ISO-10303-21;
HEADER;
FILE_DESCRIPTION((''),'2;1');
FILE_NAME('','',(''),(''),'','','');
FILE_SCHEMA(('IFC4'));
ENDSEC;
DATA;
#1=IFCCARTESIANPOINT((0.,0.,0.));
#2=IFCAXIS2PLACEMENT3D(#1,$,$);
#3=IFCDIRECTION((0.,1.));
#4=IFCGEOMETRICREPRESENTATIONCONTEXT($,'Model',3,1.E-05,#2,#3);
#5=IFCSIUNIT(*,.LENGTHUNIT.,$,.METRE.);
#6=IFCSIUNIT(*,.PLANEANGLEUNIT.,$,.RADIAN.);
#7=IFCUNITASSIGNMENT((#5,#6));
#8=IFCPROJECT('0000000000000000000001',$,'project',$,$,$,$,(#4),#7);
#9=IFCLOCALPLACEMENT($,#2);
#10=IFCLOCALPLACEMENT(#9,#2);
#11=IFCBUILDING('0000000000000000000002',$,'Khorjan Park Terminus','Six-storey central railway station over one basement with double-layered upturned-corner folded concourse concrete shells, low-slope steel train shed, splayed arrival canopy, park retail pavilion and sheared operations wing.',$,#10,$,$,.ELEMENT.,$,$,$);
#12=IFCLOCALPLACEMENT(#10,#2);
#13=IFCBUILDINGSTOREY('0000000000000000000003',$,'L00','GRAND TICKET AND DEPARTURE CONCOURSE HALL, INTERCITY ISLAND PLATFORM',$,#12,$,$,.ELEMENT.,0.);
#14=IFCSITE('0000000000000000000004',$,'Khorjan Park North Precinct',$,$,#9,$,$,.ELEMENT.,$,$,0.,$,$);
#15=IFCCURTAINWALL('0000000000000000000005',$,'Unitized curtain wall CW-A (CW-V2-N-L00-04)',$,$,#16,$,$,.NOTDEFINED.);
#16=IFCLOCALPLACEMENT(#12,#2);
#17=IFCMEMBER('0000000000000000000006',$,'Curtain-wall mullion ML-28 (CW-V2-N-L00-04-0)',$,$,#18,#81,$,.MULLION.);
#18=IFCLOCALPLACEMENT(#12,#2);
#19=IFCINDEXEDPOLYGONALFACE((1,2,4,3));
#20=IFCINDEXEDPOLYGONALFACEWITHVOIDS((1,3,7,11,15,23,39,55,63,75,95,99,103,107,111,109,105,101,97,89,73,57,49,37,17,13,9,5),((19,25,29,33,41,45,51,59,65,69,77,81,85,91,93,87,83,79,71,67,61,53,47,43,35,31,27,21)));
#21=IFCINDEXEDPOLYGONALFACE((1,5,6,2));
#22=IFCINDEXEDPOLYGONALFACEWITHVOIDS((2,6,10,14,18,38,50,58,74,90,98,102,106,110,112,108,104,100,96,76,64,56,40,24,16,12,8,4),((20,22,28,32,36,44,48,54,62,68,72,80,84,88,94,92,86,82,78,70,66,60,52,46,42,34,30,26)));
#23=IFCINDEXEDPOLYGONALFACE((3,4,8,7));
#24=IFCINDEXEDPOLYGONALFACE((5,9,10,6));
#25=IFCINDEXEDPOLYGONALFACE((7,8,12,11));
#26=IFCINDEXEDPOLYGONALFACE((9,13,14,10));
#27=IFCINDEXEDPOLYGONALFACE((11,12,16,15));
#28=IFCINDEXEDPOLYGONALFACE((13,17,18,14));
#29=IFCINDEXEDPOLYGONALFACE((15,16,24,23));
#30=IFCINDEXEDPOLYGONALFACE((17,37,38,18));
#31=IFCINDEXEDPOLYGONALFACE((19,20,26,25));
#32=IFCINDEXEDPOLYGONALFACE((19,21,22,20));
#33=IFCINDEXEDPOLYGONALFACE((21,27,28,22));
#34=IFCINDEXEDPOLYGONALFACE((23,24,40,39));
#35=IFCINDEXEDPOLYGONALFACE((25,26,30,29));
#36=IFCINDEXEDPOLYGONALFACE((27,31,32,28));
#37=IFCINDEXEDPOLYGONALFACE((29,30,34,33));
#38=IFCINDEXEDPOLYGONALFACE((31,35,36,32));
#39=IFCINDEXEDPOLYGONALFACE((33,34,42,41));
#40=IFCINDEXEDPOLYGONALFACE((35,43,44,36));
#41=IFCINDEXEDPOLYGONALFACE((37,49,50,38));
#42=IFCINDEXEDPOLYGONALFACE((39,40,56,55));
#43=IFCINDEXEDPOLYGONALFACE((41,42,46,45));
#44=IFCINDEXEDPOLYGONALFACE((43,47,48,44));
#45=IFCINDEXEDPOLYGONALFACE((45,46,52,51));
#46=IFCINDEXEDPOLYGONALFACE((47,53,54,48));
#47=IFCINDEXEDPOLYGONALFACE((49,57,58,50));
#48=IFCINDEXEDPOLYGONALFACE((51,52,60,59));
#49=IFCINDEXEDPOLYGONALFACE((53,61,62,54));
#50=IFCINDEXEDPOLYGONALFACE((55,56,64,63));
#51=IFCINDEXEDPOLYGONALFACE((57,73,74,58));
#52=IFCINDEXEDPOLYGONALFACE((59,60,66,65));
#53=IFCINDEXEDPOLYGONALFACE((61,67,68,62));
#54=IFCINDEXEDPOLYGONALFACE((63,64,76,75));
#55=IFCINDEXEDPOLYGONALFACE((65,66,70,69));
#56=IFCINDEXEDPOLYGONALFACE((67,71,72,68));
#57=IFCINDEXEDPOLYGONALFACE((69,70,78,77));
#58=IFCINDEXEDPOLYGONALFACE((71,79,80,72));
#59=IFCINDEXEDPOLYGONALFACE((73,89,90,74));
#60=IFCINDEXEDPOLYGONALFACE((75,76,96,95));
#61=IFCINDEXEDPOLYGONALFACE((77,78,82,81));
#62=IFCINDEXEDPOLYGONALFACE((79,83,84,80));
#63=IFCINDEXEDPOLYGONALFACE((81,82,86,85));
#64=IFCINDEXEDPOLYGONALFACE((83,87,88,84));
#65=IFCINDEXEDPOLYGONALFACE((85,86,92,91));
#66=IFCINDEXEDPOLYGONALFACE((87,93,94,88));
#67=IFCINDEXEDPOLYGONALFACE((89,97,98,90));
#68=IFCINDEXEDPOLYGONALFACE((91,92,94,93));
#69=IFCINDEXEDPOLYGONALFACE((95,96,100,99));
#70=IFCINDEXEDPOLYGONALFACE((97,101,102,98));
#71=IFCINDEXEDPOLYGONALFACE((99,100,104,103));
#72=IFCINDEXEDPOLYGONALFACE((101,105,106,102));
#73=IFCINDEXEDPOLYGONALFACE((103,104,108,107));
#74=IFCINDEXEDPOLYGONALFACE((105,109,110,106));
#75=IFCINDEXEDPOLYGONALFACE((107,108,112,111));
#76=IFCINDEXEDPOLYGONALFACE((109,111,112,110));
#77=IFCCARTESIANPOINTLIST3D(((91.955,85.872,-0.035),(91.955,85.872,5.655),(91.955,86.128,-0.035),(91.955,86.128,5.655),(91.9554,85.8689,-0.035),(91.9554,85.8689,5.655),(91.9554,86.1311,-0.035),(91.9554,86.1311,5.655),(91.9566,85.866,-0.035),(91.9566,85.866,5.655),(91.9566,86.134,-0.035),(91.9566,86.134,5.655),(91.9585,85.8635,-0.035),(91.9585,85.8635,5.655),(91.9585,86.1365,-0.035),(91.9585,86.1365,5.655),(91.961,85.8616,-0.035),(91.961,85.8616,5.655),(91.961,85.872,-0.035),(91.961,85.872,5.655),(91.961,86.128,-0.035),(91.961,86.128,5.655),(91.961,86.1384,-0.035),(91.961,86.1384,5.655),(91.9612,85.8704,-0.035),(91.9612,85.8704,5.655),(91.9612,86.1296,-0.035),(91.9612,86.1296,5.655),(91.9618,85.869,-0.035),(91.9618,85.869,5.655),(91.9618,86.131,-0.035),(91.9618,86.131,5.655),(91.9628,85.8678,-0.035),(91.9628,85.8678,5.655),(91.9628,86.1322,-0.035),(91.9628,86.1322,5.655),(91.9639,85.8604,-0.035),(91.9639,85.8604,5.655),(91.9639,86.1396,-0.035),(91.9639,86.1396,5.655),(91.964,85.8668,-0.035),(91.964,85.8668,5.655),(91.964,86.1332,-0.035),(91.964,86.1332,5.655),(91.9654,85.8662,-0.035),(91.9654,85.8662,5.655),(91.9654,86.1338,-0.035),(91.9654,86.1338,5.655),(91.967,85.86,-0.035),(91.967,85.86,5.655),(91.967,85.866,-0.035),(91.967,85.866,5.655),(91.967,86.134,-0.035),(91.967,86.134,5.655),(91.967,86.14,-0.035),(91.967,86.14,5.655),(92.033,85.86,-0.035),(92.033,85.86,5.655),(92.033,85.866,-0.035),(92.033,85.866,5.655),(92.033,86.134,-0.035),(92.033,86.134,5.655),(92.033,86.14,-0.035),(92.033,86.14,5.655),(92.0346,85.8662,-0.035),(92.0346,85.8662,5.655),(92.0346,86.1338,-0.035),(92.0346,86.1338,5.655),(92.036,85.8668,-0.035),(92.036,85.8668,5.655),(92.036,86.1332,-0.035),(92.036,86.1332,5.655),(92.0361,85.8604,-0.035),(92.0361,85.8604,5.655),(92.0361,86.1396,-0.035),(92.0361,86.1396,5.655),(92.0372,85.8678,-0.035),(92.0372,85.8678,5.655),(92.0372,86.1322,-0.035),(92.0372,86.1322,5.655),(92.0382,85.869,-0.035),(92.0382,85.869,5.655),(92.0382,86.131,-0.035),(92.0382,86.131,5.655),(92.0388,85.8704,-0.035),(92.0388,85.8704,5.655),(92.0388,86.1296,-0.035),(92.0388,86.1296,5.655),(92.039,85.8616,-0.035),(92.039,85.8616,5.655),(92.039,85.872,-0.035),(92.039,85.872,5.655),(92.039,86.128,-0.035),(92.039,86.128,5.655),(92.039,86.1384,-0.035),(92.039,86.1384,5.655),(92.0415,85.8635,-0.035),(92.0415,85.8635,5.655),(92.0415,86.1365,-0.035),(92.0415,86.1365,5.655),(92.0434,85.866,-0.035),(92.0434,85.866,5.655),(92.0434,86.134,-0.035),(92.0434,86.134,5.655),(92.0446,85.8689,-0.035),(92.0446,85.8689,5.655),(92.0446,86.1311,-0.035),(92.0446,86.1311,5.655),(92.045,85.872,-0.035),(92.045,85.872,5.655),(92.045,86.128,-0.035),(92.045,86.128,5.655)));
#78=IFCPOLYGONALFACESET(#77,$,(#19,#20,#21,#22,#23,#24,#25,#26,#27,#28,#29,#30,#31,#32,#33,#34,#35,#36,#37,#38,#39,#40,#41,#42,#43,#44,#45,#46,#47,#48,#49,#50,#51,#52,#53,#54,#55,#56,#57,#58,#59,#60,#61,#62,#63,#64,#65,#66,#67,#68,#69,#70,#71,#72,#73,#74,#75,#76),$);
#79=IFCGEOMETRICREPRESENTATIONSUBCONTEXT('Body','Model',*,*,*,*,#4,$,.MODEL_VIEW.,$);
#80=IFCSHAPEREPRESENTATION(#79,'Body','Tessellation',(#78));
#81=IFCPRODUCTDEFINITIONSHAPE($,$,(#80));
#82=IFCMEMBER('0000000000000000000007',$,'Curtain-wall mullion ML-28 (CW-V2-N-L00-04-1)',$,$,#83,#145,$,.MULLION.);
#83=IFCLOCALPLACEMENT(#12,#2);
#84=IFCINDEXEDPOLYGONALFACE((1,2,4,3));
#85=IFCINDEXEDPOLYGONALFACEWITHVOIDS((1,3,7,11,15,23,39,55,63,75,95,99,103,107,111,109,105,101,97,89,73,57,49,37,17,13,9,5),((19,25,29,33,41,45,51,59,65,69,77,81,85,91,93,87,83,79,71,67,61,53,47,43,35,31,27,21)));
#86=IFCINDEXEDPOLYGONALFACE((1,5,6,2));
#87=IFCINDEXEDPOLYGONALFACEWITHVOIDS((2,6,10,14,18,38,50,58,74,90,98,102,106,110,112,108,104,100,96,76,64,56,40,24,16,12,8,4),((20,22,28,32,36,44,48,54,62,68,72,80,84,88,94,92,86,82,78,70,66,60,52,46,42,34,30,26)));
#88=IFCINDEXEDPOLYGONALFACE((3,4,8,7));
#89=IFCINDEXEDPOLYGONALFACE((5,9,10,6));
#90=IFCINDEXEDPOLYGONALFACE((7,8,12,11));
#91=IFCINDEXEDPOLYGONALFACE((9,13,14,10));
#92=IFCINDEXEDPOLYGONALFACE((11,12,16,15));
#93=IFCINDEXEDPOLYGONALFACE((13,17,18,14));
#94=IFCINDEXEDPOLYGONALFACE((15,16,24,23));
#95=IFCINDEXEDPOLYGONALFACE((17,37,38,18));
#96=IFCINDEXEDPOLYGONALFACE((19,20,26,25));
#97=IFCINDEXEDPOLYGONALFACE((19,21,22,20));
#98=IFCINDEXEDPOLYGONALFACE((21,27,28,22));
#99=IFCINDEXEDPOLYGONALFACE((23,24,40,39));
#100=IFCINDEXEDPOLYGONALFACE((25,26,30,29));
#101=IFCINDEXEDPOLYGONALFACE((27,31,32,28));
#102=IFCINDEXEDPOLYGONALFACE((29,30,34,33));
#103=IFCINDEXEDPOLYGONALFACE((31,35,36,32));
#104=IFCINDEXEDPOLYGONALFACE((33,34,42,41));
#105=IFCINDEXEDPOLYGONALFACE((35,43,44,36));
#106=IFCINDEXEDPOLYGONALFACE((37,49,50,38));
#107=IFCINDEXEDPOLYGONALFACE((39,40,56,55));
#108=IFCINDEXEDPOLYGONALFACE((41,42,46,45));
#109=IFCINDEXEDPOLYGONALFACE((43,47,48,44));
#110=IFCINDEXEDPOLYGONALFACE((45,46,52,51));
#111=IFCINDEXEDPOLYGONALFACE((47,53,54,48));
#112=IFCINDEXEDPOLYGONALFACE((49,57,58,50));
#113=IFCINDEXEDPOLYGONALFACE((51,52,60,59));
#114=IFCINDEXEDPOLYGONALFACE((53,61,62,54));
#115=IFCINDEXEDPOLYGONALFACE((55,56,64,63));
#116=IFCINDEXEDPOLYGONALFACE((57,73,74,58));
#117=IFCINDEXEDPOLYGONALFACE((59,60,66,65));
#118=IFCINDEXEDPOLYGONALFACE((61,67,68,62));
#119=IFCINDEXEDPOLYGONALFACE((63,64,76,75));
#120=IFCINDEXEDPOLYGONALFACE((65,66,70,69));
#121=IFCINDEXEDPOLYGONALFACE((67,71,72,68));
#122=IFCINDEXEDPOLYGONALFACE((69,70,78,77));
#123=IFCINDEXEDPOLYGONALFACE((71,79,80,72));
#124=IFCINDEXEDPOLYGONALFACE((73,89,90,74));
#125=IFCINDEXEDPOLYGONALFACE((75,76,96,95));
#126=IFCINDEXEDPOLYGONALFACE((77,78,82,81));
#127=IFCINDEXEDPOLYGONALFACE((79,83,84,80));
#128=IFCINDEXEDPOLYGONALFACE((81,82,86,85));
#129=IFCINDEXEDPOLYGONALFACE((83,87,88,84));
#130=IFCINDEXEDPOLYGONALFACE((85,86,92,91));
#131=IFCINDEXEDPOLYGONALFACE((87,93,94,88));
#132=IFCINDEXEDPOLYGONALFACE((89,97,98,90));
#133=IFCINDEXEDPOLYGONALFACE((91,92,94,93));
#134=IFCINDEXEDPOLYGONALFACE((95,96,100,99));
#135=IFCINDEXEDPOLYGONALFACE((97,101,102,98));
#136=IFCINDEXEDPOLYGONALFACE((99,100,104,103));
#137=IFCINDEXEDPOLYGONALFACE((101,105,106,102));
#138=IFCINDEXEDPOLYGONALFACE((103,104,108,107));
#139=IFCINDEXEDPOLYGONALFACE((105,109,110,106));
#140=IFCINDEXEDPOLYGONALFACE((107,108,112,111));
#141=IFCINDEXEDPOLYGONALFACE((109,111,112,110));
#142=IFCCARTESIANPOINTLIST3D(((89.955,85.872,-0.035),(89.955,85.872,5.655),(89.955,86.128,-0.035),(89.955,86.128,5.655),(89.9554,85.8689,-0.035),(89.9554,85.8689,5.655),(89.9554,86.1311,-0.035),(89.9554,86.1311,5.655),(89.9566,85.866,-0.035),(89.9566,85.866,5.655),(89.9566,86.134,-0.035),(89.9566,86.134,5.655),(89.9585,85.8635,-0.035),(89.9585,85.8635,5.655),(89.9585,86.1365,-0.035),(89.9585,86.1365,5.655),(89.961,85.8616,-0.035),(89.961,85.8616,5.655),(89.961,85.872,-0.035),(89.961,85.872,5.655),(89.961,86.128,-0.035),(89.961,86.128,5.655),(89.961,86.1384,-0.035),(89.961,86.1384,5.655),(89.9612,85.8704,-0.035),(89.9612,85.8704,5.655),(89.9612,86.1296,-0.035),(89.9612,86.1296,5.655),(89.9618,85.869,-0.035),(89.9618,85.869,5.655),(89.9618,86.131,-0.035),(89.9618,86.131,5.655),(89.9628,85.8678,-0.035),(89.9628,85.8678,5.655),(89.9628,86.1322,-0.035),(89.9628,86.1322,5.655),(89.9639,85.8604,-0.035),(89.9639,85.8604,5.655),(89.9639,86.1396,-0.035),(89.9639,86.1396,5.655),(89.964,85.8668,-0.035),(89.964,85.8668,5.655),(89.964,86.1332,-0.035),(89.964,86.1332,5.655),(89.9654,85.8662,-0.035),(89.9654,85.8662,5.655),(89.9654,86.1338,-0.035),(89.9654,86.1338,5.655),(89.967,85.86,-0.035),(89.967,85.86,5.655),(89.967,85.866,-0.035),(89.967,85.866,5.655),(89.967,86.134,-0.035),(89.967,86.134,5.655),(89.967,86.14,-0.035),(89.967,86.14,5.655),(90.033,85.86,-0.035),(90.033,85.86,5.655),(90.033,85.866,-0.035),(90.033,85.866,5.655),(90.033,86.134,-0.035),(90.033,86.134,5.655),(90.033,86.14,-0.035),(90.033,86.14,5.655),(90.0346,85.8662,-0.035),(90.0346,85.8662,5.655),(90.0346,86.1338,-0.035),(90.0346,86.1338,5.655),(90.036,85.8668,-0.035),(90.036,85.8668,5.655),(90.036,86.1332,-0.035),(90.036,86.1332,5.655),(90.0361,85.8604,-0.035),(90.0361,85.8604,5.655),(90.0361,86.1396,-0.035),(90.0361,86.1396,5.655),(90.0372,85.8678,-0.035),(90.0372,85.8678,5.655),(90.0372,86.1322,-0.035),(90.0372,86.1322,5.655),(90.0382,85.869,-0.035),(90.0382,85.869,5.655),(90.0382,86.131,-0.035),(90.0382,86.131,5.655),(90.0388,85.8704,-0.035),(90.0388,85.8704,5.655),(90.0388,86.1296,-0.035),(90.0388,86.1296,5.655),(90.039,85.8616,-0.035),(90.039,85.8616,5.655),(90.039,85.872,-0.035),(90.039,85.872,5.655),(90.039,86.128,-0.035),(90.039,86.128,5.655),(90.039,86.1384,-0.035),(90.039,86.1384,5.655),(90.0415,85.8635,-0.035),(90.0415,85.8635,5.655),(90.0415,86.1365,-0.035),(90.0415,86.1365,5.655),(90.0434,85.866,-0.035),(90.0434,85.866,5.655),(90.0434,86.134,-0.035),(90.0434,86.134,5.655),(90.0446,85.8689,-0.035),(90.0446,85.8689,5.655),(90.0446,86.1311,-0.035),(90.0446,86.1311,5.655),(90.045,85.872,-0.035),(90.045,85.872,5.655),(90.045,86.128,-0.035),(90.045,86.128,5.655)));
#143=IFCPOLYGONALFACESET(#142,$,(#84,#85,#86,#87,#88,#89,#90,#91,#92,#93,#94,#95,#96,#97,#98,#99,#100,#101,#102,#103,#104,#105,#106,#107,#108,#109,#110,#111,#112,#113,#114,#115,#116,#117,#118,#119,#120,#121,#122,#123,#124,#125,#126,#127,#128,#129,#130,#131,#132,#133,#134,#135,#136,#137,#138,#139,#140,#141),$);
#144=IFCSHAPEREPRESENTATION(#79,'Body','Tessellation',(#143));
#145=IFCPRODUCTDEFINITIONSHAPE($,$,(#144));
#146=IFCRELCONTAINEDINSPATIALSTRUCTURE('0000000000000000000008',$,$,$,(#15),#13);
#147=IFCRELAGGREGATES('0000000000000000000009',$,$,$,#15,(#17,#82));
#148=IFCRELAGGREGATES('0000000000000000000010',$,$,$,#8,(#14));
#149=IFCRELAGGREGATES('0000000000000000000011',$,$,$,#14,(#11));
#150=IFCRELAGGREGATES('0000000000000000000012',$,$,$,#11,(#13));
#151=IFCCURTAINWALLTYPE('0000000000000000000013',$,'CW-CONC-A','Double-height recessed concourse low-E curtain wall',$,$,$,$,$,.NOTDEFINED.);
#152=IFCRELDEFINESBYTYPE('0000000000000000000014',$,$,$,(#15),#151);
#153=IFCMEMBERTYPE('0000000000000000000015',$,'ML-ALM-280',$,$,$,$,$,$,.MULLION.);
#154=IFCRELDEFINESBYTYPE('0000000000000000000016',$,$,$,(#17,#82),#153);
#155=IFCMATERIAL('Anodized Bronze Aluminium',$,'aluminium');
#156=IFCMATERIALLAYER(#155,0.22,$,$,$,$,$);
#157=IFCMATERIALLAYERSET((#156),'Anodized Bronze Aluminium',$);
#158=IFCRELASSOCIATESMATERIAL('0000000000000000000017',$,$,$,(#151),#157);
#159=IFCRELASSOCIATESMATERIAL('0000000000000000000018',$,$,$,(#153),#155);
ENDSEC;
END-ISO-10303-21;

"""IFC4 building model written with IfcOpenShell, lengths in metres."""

from ifc_helpers import new_model, si_unit, direction, frame, origin, origin_2d, place, context, subcontext, project, spatial, hollow_rectangle, extrude, material, layer, layer_set, material_profile, profile_set, type_object, element, aggregate, save


model = new_model("IFC4")

# Units and contexts
model_context = context("Model", 3, precision=1e-05, world=origin(), true_north=direction((0.0, 1.0)))
body_context = subcontext(model_context, "Body", "Model", "MODEL_VIEW")
ifc_project = project(units=[si_unit("LENGTHUNIT", "METRE"), si_unit("PLANEANGLEUNIT", "RADIAN")], contexts=[model_context])

# Site, building, storey
site_placement = place(None, origin())
site = spatial("IfcSite", under=ifc_project, at=site_placement, Name="Khorjan Park North Precinct", CompositionType="ELEMENT", RefElevation=0.0)
building_placement = place(site_placement, origin())
building = spatial("IfcBuilding", under=site, at=building_placement, Name="Khorjan Park Terminus", Description="Six-storey central railway station over one basement with double-layered upturned-corner folded concourse concrete shells, low-slope steel train shed, splayed arrival canopy, park retail pavilion and sheared operations wing.", CompositionType="ELEMENT")
storey_placement = place(building_placement, origin())
storey = spatial("IfcBuildingStorey", under=building, at=storey_placement, Name="L00", Description="GRAND TICKET AND DEPARTURE CONCOURSE HALL, INTERCITY ISLAND PLATFORM", CompositionType="ELEMENT", Elevation=0.0)

# Curtain wall, members
ifc_material_1 = material(Name="Anodized Bronze Aluminium", Category="aluminium")
ifc_layer_1 = layer(ifc_material_1, 0.22)
ifc_layer_set_1 = layer_set([ifc_layer_1], Name="Anodized Bronze Aluminium")
curtain_wall_type = type_object("IfcCurtainWallType", Name="CW-CONC-A", Description="Double-height recessed concourse low-E curtain wall", PredefinedType="NOTDEFINED", material=ifc_layer_set_1)
curtain_wall_1_placement = place(storey_placement, origin())
curtain_wall_1 = element("IfcCurtainWall", 1, at=curtain_wall_1_placement, inside=storey, type_object=curtain_wall_type, Name="Unitized curtain wall CW-A (CW-V2-N-L00-04)", PredefinedType="NOTDEFINED")
ifc_material_profile_1 = material_profile(ifc_material_1, hollow_rectangle(XDim=0.09, YDim=0.28, WallThickness=0.006, InnerFilletRadius=0.006, OuterFilletRadius=0.012, at=origin_2d()), Name="ALM 90x280x6")
ifc_profile_set_1 = profile_set([ifc_material_profile_1], Name="Anodized Bronze Aluminium")
member_type_1 = type_object("IfcMemberType", Name="ML-ALM-280", PredefinedType="MULLION", material=ifc_profile_set_1)
member_1_placement = place(storey_placement, frame((92.0, 86.0, -0.035), z_axis=(0.0, 0.0, 1.0), x_axis=(-1.0, 0.0, 0.0)))
member_1 = element("IfcMember", 2, at=member_1_placement, type_object=member_type_1, Name="Curtain-wall mullion ML-28 (CW-V2-N-L00-04-0)", PredefinedType="MULLION", context=body_context, shape_type="SweptSolid", body=[
    extrude(hollow_rectangle(XDim=0.09, YDim=0.28, WallThickness=0.006, InnerFilletRadius=0.006, OuterFilletRadius=0.012, at=origin_2d()), origin(), (0.0, 0.0, 1.0), 5.69),
])
member_2_placement = place(storey_placement, frame((90.0, 86.0, -0.035), z_axis=(0.0, 0.0, 1.0), x_axis=(-1.0, 0.0, 0.0)))
member_2 = element("IfcMember", 3, at=member_2_placement, type_object=member_type_1, Name="Curtain-wall mullion ML-28 (CW-V2-N-L00-04-1)", PredefinedType="MULLION", context=body_context, shape_type="SweptSolid", body=[
    extrude(hollow_rectangle(XDim=0.09, YDim=0.28, WallThickness=0.006, InnerFilletRadius=0.006, OuterFilletRadius=0.012, at=origin_2d()), origin(), (0.0, 0.0, 1.0), 5.69),
])

aggregate(curtain_wall_1, [member_1, member_2])

save(model, "model.ifc")
